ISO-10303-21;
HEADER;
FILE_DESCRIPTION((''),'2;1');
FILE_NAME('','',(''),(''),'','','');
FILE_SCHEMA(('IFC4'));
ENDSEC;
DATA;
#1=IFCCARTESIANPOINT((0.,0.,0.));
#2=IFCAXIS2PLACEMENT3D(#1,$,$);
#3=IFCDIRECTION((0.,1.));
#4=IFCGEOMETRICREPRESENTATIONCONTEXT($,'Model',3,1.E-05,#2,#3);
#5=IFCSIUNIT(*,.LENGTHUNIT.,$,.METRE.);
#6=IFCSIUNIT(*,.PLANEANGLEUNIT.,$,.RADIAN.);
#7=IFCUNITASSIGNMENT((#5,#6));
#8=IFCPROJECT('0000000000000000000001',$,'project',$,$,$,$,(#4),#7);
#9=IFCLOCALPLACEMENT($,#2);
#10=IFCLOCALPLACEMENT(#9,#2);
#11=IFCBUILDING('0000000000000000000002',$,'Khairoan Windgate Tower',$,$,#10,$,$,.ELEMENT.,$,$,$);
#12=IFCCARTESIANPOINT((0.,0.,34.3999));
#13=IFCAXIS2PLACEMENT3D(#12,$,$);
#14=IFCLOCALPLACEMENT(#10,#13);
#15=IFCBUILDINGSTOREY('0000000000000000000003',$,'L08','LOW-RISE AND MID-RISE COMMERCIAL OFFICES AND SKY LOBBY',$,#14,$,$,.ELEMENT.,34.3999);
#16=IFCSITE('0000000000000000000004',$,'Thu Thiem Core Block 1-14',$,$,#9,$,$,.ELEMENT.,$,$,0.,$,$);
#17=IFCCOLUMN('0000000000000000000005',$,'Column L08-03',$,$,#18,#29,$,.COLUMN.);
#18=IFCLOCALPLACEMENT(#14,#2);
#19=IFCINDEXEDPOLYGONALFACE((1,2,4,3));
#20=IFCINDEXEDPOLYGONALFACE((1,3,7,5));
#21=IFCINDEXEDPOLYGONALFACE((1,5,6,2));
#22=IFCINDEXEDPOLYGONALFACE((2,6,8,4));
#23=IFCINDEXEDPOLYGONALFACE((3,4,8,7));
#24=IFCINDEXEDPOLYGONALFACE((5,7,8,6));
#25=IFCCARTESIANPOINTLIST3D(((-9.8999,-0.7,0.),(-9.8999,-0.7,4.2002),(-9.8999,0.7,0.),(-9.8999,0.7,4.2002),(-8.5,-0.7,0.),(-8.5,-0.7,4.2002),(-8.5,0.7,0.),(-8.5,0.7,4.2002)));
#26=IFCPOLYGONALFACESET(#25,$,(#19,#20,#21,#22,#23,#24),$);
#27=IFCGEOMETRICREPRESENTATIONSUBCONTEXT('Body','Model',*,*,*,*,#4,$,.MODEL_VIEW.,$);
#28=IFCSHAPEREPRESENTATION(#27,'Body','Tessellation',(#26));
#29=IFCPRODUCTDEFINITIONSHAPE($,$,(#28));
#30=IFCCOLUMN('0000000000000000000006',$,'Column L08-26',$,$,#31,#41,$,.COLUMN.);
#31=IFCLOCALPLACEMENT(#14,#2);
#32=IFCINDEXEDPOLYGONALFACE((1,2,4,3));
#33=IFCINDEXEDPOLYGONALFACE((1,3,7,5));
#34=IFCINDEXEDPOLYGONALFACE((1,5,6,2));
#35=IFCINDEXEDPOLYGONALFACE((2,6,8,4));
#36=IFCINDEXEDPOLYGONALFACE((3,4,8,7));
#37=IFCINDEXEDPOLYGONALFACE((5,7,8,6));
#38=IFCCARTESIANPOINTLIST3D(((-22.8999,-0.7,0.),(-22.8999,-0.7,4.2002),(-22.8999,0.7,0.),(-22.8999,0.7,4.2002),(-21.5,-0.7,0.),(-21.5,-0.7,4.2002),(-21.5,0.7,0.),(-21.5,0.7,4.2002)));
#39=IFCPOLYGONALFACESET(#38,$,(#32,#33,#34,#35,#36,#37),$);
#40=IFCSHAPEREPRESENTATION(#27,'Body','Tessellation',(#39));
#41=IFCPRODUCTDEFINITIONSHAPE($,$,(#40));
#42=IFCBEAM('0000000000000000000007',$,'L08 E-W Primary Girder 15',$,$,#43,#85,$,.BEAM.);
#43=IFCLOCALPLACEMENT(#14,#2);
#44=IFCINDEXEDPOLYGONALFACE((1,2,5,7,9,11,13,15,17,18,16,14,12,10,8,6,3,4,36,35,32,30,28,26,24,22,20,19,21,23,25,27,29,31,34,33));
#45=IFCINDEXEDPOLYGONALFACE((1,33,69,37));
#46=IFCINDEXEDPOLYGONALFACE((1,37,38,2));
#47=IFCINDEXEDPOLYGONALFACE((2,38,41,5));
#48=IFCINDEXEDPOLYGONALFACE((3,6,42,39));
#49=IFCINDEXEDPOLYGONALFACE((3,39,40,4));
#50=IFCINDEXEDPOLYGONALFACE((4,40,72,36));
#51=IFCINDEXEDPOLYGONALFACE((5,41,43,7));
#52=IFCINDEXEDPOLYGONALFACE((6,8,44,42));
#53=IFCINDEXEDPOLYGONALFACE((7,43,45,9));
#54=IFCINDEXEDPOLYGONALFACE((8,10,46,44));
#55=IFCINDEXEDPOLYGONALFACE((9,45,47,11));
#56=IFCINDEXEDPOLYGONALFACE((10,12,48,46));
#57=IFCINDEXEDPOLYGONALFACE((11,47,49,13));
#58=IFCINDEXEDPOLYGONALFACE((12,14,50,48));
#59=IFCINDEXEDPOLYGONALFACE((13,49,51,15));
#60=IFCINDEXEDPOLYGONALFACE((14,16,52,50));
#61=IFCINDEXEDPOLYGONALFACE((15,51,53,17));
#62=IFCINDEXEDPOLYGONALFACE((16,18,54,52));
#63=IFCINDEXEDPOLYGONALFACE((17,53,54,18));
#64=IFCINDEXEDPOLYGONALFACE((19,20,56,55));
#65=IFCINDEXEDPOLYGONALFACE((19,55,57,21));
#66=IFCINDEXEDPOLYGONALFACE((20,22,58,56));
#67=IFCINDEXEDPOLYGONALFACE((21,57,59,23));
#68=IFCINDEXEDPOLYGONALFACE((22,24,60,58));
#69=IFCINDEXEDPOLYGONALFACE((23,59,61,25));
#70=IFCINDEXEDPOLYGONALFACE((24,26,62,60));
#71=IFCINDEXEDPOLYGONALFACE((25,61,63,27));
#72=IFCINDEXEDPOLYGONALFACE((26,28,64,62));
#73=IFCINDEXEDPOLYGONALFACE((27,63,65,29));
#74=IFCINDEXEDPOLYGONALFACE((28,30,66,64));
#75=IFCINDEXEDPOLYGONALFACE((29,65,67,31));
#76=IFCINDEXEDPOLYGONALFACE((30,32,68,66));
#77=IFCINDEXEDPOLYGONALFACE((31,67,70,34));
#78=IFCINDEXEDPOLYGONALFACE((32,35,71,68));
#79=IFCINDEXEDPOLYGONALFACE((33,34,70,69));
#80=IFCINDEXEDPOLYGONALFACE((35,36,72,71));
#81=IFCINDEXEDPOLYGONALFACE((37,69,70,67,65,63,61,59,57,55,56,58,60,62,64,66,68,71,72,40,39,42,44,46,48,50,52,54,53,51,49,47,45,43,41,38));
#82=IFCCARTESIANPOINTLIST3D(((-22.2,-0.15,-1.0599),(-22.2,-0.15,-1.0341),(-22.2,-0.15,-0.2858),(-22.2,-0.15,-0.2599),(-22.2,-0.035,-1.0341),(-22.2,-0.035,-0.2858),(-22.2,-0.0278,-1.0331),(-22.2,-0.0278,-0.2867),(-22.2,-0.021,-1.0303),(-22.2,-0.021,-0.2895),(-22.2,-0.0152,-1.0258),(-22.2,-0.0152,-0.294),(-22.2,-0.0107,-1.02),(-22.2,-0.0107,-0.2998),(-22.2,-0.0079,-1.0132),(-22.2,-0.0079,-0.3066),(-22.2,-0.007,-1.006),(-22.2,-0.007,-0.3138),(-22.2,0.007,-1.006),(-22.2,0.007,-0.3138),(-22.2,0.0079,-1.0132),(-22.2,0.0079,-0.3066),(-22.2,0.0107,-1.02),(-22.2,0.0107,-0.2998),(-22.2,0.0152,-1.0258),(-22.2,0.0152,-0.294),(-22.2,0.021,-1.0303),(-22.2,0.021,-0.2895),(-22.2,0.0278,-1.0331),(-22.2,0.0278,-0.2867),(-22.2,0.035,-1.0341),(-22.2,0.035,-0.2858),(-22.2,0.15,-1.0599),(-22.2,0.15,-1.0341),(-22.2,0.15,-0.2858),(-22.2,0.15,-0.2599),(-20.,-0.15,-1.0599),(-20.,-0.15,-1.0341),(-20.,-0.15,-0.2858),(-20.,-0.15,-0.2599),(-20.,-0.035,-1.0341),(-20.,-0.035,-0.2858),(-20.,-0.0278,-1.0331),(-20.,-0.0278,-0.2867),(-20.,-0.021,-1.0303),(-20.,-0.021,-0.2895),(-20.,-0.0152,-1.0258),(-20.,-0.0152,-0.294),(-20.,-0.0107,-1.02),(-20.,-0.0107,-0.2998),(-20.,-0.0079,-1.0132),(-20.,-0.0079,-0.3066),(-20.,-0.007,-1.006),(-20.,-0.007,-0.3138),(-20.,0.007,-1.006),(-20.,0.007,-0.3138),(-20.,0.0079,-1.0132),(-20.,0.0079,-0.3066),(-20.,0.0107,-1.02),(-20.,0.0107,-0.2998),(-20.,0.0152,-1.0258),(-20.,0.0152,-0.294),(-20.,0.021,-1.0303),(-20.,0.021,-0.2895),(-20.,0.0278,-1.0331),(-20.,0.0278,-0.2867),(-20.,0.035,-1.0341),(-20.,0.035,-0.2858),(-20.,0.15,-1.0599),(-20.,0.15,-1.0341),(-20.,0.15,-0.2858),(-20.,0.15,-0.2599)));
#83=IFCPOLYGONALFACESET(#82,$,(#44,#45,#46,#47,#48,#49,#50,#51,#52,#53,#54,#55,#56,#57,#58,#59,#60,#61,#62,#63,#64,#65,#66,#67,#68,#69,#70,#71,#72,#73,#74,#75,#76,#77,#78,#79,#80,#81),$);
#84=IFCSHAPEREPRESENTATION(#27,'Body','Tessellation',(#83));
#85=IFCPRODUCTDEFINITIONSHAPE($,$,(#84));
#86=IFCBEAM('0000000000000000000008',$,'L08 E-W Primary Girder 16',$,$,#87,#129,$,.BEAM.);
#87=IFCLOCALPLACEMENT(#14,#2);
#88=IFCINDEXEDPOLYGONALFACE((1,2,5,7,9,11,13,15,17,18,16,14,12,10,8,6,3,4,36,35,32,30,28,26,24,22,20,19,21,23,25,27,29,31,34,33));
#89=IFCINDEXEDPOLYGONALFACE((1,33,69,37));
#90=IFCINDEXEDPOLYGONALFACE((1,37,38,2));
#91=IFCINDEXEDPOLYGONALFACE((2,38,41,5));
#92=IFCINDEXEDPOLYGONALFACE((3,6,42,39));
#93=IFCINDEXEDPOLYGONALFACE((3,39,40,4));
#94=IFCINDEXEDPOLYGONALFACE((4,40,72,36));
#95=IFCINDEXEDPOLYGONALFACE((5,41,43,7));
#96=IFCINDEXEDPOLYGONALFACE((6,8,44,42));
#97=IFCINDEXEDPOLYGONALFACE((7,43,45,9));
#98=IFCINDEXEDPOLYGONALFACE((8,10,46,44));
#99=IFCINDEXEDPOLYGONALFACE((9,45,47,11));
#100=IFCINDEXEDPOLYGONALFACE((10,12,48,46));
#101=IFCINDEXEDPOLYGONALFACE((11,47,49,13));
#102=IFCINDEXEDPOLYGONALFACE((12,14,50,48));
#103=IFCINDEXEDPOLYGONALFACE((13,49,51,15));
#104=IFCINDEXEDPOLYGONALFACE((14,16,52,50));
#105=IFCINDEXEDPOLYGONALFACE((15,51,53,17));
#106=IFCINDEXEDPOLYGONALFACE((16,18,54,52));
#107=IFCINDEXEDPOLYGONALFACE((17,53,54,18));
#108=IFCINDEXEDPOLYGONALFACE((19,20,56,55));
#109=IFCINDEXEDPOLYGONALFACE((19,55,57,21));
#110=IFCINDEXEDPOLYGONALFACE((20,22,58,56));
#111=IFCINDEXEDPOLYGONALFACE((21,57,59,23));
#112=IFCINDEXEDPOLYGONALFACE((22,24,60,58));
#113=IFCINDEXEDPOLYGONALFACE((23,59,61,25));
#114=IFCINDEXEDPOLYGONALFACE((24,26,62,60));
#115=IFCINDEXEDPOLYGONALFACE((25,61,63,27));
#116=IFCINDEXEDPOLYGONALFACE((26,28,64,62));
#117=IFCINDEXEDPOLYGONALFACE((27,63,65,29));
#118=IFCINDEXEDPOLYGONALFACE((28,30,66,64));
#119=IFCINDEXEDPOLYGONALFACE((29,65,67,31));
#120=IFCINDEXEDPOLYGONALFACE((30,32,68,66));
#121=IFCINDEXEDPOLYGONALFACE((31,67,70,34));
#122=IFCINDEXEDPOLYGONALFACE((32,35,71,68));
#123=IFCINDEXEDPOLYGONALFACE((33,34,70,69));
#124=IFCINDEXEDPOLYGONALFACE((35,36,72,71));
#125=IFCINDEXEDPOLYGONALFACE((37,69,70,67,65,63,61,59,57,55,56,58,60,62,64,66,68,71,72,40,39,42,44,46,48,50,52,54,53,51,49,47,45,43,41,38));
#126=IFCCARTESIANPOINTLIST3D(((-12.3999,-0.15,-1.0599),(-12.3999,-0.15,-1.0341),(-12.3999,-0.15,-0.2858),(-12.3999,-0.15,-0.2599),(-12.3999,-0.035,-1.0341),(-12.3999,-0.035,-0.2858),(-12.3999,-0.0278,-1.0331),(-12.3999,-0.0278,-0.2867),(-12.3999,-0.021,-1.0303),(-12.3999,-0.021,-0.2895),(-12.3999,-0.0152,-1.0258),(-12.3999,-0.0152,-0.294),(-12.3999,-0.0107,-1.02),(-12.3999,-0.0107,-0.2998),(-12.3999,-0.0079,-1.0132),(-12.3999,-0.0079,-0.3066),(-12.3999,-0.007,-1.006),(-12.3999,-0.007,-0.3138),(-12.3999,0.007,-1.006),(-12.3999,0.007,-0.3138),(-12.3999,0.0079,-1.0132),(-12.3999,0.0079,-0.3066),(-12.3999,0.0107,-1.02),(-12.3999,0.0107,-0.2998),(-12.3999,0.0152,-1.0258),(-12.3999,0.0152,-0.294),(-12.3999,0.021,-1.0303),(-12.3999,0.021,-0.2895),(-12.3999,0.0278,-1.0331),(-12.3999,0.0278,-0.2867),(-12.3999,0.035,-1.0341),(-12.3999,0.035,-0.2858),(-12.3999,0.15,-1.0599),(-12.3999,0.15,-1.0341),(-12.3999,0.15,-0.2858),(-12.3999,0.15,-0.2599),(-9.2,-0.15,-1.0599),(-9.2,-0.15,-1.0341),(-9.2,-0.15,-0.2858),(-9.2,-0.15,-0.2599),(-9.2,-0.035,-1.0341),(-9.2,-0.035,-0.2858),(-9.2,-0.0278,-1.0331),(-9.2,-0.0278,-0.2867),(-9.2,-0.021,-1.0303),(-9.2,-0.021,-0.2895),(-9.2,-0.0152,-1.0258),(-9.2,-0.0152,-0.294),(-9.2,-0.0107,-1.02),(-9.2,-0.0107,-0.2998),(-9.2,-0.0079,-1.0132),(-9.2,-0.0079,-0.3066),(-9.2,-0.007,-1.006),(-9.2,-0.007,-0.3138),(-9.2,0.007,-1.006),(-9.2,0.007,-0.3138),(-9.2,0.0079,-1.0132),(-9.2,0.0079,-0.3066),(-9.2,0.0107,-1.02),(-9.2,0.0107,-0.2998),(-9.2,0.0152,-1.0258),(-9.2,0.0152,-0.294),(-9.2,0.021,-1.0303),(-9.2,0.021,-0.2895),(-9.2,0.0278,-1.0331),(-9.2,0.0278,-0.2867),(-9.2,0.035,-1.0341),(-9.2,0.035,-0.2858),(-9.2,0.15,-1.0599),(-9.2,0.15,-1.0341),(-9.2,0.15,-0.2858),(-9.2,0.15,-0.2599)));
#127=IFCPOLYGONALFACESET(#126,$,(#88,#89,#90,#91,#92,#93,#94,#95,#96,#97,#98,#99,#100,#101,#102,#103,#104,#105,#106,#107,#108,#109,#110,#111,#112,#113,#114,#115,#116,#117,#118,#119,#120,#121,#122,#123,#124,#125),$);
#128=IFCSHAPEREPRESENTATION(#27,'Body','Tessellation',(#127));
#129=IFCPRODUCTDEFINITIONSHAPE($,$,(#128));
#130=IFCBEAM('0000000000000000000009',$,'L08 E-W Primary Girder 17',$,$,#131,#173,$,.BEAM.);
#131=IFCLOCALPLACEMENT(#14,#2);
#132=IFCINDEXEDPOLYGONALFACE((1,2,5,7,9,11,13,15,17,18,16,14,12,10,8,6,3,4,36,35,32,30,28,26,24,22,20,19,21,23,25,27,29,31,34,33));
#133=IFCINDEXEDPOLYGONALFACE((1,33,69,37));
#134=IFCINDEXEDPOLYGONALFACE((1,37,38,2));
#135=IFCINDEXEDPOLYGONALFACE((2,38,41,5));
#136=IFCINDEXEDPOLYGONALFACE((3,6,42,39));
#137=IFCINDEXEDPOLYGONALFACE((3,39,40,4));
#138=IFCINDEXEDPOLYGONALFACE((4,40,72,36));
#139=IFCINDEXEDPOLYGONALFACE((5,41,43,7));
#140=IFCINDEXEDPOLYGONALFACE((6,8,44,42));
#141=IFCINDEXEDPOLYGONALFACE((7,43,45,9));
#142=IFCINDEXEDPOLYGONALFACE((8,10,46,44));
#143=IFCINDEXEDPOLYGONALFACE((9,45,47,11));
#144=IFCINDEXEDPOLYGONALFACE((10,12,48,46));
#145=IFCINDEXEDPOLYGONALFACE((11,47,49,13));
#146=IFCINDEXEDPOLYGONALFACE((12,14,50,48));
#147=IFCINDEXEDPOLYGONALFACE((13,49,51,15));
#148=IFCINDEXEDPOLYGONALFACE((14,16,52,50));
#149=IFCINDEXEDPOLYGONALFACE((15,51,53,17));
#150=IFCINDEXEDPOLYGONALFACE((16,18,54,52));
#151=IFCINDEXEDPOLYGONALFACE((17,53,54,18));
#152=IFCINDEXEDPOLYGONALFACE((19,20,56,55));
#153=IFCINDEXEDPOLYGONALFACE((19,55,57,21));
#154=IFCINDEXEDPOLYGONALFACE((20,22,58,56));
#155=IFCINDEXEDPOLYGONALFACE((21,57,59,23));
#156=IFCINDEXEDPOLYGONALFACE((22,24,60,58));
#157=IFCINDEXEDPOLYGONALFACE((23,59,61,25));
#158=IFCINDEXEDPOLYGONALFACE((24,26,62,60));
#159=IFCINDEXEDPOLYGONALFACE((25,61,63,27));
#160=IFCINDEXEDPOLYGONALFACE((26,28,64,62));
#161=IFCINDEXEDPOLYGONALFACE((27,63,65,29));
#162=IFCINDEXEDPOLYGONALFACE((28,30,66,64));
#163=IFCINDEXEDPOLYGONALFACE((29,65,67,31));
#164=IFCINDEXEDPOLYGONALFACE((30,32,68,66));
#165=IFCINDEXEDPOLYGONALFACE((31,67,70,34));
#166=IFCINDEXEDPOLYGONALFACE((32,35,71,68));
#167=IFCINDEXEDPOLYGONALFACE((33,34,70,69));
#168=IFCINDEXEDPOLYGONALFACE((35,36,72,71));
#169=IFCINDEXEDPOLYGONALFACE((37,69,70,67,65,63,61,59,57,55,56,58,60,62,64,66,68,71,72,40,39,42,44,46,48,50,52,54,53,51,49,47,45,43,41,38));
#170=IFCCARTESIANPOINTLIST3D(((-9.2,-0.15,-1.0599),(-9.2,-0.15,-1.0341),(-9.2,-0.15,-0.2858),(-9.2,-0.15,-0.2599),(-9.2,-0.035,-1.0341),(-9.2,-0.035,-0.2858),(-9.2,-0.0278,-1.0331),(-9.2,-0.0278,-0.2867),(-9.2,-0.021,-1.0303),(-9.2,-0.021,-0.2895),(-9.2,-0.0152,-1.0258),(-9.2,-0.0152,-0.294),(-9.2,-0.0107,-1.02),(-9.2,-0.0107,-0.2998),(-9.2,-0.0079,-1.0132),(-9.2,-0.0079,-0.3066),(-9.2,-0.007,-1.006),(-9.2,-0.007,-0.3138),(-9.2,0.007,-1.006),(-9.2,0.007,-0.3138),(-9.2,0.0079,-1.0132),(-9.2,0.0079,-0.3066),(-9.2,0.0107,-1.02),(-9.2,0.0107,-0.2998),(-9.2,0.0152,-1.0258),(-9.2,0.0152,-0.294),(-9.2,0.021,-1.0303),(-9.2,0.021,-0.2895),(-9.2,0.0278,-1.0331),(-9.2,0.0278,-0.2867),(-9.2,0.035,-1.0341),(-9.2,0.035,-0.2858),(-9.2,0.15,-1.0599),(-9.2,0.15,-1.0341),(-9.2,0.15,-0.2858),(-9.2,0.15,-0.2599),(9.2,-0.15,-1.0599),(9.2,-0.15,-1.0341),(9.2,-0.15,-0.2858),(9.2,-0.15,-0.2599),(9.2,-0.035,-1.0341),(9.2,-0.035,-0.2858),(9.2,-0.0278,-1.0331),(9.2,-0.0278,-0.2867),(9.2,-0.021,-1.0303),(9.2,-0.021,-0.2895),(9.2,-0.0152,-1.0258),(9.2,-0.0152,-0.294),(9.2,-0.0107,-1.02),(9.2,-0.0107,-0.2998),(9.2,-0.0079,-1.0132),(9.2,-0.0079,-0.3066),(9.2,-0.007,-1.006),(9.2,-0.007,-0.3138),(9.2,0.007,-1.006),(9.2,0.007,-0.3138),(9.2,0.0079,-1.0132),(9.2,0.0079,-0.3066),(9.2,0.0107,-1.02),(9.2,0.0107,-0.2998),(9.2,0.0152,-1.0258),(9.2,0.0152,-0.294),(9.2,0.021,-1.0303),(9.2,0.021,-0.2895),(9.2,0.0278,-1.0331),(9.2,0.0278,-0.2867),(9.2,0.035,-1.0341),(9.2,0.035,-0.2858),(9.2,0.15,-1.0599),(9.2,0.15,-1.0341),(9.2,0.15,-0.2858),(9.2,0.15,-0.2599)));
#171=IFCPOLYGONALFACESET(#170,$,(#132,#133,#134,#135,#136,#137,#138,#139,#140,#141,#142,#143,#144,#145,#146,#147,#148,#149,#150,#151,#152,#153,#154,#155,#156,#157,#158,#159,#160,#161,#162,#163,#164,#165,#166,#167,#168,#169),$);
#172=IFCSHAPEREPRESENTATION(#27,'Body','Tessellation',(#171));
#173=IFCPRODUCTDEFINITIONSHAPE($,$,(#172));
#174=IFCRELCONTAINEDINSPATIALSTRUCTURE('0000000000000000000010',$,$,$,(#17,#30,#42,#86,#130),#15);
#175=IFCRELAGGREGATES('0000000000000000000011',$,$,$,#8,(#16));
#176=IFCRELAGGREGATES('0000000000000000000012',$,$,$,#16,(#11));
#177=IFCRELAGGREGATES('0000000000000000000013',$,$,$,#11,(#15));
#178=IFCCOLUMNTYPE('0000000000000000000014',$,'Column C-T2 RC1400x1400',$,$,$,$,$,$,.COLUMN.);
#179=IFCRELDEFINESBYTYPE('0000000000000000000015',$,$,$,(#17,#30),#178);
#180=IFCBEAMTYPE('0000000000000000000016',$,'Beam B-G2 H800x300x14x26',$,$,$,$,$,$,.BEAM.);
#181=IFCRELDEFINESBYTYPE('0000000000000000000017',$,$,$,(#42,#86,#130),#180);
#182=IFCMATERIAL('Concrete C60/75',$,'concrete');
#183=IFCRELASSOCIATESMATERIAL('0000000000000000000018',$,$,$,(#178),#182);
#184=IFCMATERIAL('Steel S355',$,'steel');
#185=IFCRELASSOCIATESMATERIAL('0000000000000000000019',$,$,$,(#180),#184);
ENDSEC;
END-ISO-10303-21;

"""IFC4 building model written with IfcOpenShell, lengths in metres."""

from ifc_helpers import new_model, si_unit, direction, frame, origin, origin_2d, place, context, subcontext, project, spatial, rectangle, i_section, extrude, material, material_profile, profile_set, type_object, element, save


model = new_model("IFC4")

# Units and contexts
model_context = context("Model", 3, precision=1e-05, world=origin(), true_north=direction((0.0, 1.0)))
body_context = subcontext(model_context, "Body", "Model", "MODEL_VIEW")
ifc_project = project(units=[si_unit("LENGTHUNIT", "METRE"), si_unit("PLANEANGLEUNIT", "RADIAN")], contexts=[model_context])

# Site, building, storey
site_placement = place(None, origin())
site = spatial("IfcSite", under=ifc_project, at=site_placement, Name="Thu Thiem Core Block 1-14", CompositionType="ELEMENT", RefElevation=0.0)
building_placement = place(site_placement, origin())
building = spatial("IfcBuilding", under=site, at=building_placement, Name="Khairoan Windgate Tower", CompositionType="ELEMENT")
storey_placement = place(building_placement, frame((0.0, 0.0, 34.3999)))
storey = spatial("IfcBuildingStorey", under=building, at=storey_placement, Name="L08", Description="LOW-RISE AND MID-RISE COMMERCIAL OFFICES AND SKY LOBBY", CompositionType="ELEMENT", Elevation=34.3999)

# Columns
ifc_material_1 = material(Name="Concrete C60/75", Category="concrete")
ifc_material_profile_1 = material_profile(ifc_material_1, rectangle(XDim=1.3999, YDim=1.3999, at=origin_2d()))
ifc_profile_set_1 = profile_set([ifc_material_profile_1], Name="Concrete C60/75")
column_type = type_object("IfcColumnType", Name="Column C-T2 RC1400x1400", PredefinedType="COLUMN", material=ifc_profile_set_1)
for number, where, z_axis, x_axis, name in (
    (1, (-9.2, 0.0, 0.0), (0.0, 0.0, 1.0), (1.0, 0.0, 0.0), "Column L08-03"),
    (2, (-22.2, 0.0, 0.0), (0.0, 0.0, 1.0), (1.0, 0.0, 0.0), "Column L08-26"),
):
    element("IfcColumn", number, at=place(storey_placement, frame(where, z_axis=z_axis, x_axis=x_axis)), inside=storey, type_object=column_type, Name=name, PredefinedType="COLUMN", context=body_context, shape_type="SweptSolid", body=[
        extrude(rectangle(XDim=1.3999, YDim=1.3999, at=origin_2d()), origin(), (0.0, 0.0, 1.0), 4.2002),
    ])

# Beams
ifc_material_2 = material(Name="Steel S355", Category="steel")
ifc_material_profile_2 = material_profile(ifc_material_2, i_section(OverallWidth=0.3, OverallDepth=0.8, WebThickness=0.0139, FlangeThickness=0.0259, FilletRadius=0.0281, at=origin_2d()))
ifc_profile_set_2 = profile_set([ifc_material_profile_2], Name="Steel S355")
beam_type_1 = type_object("IfcBeamType", Name="Beam B-G2 H800x300x14x26", PredefinedType="BEAM", material=ifc_profile_set_2)
beam_1_placement = place(storey_placement, frame((-22.2, 0.0, -0.6599), z_axis=(1.0, 0.0, 0.0), x_axis=(0.0, 1.0, 0.0)))
element("IfcBeam", 3, at=beam_1_placement, inside=storey, type_object=beam_type_1, Name="L08 E-W Primary Girder 15", PredefinedType="BEAM", context=body_context, shape_type="SweptSolid", body=[
    extrude(i_section(OverallWidth=0.3, OverallDepth=0.8, WebThickness=0.0139, FlangeThickness=0.0259, FilletRadius=0.0281, at=origin_2d()), origin(), (0.0, 0.0, 1.0), 2.2),
])
beam_2_placement = place(storey_placement, frame((-12.3999, 0.0, -0.6599), z_axis=(1.0, 0.0, 0.0), x_axis=(0.0, 1.0, 0.0)))
element("IfcBeam", 4, at=beam_2_placement, inside=storey, type_object=beam_type_1, Name="L08 E-W Primary Girder 16", PredefinedType="BEAM", context=body_context, shape_type="SweptSolid", body=[
    extrude(i_section(OverallWidth=0.3, OverallDepth=0.8, WebThickness=0.0139, FlangeThickness=0.0259, FilletRadius=0.0281, at=origin_2d()), origin(), (0.0, 0.0, 1.0), 3.2),
])
beam_3_placement = place(storey_placement, frame((-9.2, 0.0, -0.6599), z_axis=(1.0, 0.0, 0.0), x_axis=(0.0, 1.0, 0.0)))
element("IfcBeam", 5, at=beam_3_placement, inside=storey, type_object=beam_type_1, Name="L08 E-W Primary Girder 17", PredefinedType="BEAM", context=body_context, shape_type="SweptSolid", body=[
    extrude(i_section(OverallWidth=0.3, OverallDepth=0.8, WebThickness=0.0139, FlangeThickness=0.0259, FilletRadius=0.0281, at=origin_2d()), origin(), (0.0, 0.0, 1.0), 18.3999),
])

save(model, "model.ifc")
